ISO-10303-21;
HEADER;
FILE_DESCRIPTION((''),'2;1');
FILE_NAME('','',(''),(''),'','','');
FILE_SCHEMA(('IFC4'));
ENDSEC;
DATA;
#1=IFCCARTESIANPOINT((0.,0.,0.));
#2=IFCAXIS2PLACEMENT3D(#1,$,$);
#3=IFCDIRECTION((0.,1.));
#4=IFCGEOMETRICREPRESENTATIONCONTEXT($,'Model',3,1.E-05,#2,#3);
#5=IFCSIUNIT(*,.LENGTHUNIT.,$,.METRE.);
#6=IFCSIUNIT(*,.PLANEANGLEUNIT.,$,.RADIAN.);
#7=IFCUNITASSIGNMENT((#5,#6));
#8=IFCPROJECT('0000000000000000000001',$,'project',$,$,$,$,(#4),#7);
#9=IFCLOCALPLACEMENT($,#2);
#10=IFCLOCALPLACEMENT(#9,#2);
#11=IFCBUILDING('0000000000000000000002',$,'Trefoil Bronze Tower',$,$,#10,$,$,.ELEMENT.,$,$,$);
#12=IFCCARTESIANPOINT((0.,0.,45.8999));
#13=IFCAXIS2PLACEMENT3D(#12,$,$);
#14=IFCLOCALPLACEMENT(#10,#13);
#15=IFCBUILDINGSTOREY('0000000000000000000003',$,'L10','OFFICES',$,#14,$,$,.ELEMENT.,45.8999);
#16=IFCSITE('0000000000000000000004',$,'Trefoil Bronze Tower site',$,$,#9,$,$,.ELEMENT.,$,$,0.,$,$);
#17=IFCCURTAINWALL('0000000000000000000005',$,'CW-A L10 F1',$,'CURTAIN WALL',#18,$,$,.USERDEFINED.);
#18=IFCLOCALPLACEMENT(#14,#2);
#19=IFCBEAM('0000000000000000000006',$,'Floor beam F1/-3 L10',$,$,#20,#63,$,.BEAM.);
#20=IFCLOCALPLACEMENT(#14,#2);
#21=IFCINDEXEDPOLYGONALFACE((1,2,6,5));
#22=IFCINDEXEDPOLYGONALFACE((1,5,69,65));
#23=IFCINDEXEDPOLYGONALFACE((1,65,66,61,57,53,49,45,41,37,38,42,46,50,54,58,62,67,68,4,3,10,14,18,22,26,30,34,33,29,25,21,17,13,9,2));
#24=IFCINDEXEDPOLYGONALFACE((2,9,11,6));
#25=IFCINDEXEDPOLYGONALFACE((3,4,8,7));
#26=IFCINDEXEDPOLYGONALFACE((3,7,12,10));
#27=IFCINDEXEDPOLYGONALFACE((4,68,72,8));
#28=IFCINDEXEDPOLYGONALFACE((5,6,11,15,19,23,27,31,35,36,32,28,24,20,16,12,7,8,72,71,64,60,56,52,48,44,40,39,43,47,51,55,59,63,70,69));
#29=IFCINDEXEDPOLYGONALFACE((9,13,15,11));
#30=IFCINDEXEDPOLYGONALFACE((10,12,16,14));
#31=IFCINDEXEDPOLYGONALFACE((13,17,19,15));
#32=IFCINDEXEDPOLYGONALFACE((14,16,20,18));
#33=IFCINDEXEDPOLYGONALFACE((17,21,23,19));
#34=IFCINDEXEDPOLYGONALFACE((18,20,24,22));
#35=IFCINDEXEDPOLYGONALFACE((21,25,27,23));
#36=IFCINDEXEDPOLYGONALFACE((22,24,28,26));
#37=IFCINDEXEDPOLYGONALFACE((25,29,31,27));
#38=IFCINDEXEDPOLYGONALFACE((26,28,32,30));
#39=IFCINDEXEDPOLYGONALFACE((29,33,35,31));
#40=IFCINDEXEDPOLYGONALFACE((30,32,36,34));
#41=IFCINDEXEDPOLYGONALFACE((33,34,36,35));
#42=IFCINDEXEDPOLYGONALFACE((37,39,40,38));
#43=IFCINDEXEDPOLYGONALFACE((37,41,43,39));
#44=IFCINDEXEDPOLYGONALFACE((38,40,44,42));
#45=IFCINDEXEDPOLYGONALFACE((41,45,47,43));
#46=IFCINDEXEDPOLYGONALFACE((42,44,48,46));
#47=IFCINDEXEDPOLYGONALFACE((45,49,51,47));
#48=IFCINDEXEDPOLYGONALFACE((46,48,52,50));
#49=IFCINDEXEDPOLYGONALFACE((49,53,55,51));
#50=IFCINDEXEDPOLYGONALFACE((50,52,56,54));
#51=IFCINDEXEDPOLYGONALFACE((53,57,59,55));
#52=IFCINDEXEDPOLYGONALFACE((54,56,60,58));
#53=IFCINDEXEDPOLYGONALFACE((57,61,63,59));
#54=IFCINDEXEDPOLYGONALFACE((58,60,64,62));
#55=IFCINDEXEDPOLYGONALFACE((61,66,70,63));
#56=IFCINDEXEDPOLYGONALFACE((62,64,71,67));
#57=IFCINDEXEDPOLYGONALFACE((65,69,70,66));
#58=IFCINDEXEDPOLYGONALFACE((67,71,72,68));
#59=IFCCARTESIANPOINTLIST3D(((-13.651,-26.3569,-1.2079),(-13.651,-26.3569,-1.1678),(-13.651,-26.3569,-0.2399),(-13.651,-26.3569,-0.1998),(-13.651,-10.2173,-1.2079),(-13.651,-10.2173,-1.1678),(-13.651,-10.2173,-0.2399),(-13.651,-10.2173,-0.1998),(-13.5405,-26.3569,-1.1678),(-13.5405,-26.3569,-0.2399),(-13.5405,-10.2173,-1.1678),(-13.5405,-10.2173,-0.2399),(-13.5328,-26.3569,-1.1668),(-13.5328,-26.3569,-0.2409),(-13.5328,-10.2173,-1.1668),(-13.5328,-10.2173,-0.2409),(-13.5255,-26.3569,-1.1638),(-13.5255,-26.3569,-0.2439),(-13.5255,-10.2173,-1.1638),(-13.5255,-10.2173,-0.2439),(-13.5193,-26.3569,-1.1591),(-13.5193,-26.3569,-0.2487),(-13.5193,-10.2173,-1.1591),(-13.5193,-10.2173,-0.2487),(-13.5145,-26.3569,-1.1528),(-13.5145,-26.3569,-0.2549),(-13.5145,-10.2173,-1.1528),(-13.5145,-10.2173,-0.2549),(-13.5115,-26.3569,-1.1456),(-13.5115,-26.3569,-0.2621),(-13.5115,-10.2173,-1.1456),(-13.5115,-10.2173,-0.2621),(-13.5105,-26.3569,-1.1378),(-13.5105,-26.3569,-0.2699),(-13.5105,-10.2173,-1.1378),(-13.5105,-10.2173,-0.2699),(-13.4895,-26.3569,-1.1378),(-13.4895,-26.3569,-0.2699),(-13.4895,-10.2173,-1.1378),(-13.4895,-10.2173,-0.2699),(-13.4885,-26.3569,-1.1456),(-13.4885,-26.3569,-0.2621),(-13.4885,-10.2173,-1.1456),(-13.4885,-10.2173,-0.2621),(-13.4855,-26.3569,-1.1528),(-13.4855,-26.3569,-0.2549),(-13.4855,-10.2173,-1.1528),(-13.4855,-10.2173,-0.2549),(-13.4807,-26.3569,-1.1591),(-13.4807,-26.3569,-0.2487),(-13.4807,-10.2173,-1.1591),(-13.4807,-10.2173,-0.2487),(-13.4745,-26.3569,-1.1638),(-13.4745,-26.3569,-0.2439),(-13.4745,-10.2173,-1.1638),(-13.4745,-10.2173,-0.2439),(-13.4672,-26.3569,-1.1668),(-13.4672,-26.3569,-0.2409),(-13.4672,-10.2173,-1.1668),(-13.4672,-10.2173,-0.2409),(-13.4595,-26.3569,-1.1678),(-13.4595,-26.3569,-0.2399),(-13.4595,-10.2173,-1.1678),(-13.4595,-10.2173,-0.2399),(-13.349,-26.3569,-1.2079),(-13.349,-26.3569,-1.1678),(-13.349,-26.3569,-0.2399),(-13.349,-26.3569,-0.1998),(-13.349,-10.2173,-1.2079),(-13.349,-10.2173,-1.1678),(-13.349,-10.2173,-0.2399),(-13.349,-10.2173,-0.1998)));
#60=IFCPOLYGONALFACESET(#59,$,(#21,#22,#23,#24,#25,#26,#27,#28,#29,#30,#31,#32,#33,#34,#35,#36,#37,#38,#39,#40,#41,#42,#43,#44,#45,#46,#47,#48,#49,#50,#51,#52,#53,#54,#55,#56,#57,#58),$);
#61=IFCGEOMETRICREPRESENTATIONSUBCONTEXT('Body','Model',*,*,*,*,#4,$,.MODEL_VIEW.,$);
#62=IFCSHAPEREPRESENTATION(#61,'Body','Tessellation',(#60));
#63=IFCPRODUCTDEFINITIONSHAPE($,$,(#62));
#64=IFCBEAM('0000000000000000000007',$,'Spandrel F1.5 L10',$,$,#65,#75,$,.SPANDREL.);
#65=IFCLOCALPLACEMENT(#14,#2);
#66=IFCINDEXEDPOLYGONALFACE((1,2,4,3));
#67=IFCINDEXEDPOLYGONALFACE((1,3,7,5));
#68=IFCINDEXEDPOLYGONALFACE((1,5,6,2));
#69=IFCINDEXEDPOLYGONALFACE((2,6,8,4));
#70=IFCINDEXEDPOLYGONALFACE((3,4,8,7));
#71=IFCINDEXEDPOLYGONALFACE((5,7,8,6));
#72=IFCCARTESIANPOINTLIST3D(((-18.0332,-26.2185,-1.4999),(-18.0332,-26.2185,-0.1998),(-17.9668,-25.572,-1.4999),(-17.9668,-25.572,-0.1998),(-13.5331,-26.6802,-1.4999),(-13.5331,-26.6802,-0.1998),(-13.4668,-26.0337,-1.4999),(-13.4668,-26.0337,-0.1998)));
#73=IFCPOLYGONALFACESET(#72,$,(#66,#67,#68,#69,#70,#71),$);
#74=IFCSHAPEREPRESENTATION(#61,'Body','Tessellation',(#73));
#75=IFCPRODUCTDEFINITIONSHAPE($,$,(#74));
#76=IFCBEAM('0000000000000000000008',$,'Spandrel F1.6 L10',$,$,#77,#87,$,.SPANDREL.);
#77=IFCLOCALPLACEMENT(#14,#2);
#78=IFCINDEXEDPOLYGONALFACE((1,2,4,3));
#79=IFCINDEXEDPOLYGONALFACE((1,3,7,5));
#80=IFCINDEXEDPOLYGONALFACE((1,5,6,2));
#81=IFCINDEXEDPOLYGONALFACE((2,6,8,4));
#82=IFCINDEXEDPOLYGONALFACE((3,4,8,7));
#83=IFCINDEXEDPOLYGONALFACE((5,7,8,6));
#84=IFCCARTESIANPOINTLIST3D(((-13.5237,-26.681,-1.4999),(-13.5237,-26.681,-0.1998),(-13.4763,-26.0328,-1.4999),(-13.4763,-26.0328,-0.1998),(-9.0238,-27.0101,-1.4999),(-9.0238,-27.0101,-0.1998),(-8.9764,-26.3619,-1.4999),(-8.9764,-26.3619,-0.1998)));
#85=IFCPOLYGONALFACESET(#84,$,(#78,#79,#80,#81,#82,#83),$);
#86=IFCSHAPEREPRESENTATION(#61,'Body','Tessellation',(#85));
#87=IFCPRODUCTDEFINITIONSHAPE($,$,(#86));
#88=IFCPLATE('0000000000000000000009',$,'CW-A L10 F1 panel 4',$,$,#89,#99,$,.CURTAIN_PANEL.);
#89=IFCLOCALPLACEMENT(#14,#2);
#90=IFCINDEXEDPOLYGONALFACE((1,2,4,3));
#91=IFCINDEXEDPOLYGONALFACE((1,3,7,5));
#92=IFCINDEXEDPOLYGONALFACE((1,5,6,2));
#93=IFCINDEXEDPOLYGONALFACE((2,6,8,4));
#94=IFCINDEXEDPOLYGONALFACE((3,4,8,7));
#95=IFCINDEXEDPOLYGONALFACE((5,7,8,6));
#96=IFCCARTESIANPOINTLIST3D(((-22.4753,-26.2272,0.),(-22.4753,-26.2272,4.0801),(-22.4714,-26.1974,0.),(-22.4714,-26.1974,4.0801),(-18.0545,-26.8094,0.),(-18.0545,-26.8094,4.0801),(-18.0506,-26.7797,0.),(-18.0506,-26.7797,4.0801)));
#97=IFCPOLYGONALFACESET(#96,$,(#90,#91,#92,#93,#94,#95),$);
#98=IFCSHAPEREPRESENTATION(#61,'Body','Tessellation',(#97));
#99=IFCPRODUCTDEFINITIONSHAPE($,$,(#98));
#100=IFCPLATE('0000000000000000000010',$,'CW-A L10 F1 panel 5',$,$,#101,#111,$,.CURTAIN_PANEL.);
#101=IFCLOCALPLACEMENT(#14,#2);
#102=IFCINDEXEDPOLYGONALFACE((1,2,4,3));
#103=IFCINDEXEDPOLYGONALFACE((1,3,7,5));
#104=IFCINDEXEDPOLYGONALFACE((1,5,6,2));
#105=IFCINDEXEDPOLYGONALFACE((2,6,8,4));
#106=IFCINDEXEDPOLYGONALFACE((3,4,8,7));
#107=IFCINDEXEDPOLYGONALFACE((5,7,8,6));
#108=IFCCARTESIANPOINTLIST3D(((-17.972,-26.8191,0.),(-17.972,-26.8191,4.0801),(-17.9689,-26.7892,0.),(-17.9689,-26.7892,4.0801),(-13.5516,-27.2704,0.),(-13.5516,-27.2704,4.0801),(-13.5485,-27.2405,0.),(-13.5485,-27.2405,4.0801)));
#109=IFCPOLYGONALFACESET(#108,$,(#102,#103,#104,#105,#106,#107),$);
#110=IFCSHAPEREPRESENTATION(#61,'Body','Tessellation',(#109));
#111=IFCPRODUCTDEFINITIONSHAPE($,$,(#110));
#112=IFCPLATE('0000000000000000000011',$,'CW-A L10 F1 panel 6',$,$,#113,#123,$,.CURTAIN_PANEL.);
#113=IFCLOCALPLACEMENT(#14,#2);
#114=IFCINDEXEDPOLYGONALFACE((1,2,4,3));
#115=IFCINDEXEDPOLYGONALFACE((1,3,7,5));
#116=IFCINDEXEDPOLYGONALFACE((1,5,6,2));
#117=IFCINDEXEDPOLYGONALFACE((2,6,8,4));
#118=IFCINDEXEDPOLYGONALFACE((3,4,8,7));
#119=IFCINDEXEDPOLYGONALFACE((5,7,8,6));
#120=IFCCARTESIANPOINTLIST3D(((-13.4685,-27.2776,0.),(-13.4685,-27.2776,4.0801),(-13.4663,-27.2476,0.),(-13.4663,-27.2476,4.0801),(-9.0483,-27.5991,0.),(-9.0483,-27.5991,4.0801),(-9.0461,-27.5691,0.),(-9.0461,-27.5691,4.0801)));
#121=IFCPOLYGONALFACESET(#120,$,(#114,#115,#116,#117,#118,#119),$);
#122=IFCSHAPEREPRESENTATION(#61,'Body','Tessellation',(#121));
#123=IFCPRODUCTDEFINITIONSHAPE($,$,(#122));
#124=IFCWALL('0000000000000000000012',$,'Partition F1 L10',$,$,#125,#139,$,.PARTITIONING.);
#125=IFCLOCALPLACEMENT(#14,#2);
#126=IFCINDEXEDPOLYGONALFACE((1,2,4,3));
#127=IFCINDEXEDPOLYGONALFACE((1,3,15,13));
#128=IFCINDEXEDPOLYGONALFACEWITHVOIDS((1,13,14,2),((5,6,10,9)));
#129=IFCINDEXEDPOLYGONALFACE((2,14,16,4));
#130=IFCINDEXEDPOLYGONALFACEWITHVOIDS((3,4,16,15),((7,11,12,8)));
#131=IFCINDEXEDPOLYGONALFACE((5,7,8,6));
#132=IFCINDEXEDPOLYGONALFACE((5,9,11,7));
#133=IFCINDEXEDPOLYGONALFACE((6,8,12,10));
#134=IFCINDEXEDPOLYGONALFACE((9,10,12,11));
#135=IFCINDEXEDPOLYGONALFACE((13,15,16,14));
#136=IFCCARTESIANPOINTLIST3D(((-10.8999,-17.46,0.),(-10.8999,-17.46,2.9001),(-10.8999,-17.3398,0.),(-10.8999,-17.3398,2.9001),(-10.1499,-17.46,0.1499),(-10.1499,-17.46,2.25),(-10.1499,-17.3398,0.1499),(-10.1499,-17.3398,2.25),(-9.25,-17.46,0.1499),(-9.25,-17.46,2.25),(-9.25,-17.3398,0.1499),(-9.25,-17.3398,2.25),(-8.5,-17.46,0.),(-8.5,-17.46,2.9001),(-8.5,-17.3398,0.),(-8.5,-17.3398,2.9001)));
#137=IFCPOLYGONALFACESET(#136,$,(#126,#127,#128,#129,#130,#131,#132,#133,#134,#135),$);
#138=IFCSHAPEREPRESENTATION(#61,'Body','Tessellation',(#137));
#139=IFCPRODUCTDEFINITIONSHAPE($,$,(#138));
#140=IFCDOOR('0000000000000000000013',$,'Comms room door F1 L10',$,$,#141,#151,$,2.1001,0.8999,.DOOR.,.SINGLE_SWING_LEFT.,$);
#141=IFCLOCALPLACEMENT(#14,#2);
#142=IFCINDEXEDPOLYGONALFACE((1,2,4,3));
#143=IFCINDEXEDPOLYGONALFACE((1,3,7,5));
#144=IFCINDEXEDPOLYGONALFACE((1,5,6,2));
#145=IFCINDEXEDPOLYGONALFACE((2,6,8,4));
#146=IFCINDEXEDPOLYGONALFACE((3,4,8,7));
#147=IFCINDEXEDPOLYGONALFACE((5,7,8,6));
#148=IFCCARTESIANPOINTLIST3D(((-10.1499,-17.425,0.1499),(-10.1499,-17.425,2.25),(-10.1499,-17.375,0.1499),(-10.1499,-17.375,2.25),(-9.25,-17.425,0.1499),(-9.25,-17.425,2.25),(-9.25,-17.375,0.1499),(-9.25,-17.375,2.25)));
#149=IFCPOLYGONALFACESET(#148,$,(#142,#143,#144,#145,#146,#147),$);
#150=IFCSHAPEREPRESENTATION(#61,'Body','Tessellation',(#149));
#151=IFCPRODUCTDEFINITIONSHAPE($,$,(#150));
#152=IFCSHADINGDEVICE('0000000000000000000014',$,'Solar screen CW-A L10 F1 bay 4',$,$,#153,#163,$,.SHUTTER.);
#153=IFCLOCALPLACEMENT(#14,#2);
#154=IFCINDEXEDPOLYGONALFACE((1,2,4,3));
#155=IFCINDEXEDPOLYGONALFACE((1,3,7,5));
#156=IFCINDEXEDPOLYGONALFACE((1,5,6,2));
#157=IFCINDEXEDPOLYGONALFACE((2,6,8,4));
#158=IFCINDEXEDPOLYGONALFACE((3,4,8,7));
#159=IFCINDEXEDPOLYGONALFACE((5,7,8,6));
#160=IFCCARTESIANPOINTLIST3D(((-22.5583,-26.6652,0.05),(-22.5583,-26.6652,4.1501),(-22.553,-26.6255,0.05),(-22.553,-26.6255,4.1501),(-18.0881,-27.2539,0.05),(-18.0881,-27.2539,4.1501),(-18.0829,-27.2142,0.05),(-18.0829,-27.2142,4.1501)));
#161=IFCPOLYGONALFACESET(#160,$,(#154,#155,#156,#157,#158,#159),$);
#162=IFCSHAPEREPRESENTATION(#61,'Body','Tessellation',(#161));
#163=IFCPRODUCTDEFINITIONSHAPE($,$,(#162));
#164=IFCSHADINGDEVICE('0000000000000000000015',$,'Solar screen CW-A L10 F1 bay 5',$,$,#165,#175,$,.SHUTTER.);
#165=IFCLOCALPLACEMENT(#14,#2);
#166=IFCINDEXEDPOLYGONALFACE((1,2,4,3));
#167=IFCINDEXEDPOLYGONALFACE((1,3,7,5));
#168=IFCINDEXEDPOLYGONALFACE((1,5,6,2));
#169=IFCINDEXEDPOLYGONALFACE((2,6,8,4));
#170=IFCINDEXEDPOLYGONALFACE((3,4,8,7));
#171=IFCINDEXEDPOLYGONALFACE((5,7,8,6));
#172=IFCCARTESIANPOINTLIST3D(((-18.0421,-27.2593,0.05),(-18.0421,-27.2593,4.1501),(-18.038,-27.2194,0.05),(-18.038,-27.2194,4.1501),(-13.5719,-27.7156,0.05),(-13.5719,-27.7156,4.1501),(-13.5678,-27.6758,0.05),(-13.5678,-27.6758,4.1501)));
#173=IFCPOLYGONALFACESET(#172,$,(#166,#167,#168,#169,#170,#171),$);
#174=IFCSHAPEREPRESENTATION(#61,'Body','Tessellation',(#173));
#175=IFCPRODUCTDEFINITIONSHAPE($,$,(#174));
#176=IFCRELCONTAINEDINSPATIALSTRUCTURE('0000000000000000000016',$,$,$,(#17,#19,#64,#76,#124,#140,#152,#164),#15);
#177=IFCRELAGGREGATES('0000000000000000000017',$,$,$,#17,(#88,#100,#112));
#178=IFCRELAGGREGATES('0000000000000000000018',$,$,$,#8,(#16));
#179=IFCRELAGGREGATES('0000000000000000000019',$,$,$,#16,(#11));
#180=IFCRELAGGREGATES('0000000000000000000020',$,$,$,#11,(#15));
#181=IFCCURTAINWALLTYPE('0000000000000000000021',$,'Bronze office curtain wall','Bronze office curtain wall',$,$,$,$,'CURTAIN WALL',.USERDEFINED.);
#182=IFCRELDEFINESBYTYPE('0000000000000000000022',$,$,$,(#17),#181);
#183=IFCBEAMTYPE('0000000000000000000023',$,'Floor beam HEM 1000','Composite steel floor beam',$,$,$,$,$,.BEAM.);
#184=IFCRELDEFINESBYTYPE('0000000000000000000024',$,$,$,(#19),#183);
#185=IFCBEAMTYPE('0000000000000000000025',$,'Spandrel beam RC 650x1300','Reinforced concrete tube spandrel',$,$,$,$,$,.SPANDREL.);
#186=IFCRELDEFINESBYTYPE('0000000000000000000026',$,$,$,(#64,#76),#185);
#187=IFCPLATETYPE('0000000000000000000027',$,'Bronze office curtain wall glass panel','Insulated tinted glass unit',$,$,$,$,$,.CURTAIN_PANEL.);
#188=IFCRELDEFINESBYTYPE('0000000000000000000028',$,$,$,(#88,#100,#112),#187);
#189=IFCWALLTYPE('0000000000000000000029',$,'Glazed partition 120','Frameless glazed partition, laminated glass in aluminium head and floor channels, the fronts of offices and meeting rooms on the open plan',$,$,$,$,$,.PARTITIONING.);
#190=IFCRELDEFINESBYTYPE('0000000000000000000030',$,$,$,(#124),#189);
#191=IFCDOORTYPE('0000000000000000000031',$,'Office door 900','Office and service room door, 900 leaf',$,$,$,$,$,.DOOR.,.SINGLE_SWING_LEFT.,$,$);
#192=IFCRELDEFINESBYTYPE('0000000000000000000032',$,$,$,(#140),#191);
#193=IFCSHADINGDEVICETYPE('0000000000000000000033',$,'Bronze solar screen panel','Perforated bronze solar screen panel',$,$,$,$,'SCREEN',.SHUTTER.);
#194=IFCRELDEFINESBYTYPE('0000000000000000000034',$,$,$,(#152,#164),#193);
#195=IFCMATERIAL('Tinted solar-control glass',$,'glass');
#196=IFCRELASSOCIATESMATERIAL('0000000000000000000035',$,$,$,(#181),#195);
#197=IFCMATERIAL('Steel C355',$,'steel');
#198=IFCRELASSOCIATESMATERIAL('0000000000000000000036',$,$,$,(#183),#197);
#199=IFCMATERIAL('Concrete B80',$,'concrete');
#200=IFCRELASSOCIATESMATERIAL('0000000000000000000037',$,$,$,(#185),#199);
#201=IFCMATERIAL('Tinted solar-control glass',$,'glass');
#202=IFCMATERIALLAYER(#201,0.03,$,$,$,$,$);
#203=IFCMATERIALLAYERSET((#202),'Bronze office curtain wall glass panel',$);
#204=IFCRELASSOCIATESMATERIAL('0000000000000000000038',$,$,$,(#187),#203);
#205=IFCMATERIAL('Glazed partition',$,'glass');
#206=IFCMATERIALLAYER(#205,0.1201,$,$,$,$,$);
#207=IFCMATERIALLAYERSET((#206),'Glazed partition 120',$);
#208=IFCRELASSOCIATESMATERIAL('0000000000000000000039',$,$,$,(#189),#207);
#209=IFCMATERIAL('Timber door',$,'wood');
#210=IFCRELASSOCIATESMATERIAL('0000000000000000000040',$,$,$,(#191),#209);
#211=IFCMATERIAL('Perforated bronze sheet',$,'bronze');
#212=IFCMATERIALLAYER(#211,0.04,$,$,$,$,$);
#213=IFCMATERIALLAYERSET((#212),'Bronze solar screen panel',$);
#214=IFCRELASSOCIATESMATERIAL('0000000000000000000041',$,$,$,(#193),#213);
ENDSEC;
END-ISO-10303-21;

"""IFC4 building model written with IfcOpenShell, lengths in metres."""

from ifc_helpers import new_model, si_unit, direction, frame, frame_2d, origin, origin_2d, place, context, subcontext, project, spatial, rectangle, i_section, extrude, material, layer, layer_set, material_profile, profile_set, type_object, element, fill, aggregate, save


model = new_model("IFC4")

# Units and contexts
model_context = context("Model", 3, precision=1e-05, world=origin(), true_north=direction((0.0, 1.0)))
body_context = subcontext(model_context, "Body", "Model", "MODEL_VIEW")
ifc_project = project(units=[si_unit("LENGTHUNIT", "METRE"), si_unit("PLANEANGLEUNIT", "RADIAN")], contexts=[model_context])

# Site, building, storey
site_placement = place(None, origin())
site = spatial("IfcSite", under=ifc_project, at=site_placement, Name="Trefoil Bronze Tower site", CompositionType="ELEMENT", RefElevation=0.0)
building_placement = place(site_placement, origin())
building = spatial("IfcBuilding", under=site, at=building_placement, Name="Trefoil Bronze Tower", CompositionType="ELEMENT")
storey_placement = place(building_placement, frame((0.0, 0.0, 45.8999)))
storey = spatial("IfcBuildingStorey", under=building, at=storey_placement, Name="L10", Description="OFFICES", CompositionType="ELEMENT", Elevation=45.8999)

# Curtain wall
ifc_material_1 = material(Name="Tinted solar-control glass", Category="glass")
curtain_wall_type = type_object("IfcCurtainWallType", Name="Bronze office curtain wall", Description="Bronze office curtain wall", ElementType="CURTAIN WALL", PredefinedType="USERDEFINED", material=ifc_material_1)
curtain_wall_placement = place(storey_placement, origin())
curtain_wall = element("IfcCurtainWall", 1, at=curtain_wall_placement, inside=storey, type_object=curtain_wall_type, Name="CW-A L10 F1", ObjectType="CURTAIN WALL", PredefinedType="USERDEFINED")

# Beams
ifc_material_2 = material(Name="Steel C355", Category="steel")
ifc_material_profile_1 = material_profile(ifc_material_2, i_section(OverallWidth=0.302, OverallDepth=1.0081, WebThickness=0.021, FlangeThickness=0.04, FilletRadius=0.03, at=origin_2d()), Name="HEM 1000")
ifc_profile_set_1 = profile_set([ifc_material_profile_1], Name="Steel C355")
beam_type_1 = type_object("IfcBeamType", Name="Floor beam HEM 1000", Description="Composite steel floor beam", PredefinedType="BEAM", material=ifc_profile_set_1)
beam_1_placement = place(storey_placement, frame((-13.5, -26.3569, -0.7039), z_axis=(0.0, 1.0, 0.0), x_axis=(-1.0, 0.0, 0.0)))
element("IfcBeam", 2, at=beam_1_placement, inside=storey, type_object=beam_type_1, Name="Floor beam F1/-3 L10", PredefinedType="BEAM", context=body_context, shape_type="SweptSolid", body=[
    extrude(i_section(OverallWidth=0.302, OverallDepth=1.0081, WebThickness=0.021, FlangeThickness=0.04, FilletRadius=0.03, at=origin_2d()), origin(), (0.0, 0.0, 1.0), 16.1396),
])
ifc_material_3 = material(Name="Concrete B80", Category="concrete")
ifc_material_profile_2 = material_profile(ifc_material_3, rectangle(XDim=0.6499, YDim=1.3, at=origin_2d()), Name="RC 650x1300")
ifc_profile_set_2 = profile_set([ifc_material_profile_2], Name="Concrete B80")
beam_type_2 = type_object("IfcBeamType", Name="Spandrel beam RC 650x1300", Description="Reinforced concrete tube spandrel", PredefinedType="SPANDREL", material=ifc_profile_set_2)
beam_2_placement = place(storey_placement, frame((-18.0, -25.8953, -0.8499), z_axis=(0.994778, -0.102058, 0.0), x_axis=(0.102058, 0.994778, 0.0)))
element("IfcBeam", 3, at=beam_2_placement, inside=storey, type_object=beam_type_2, Name="Spandrel F1.5 L10", PredefinedType="SPANDREL", context=body_context, shape_type="SweptSolid", body=[
    extrude(rectangle(XDim=0.6499, YDim=1.3, at=origin_2d()), origin(), (0.0, 0.0, 1.0), 4.5237),
])
beam_3_placement = place(storey_placement, frame((-13.5, -26.3569, -0.8499), z_axis=(0.997336, -0.072939, 0.0), x_axis=(0.072939, 0.997336, 0.0)))
element("IfcBeam", 4, at=beam_3_placement, inside=storey, type_object=beam_type_2, Name="Spandrel F1.6 L10", PredefinedType="SPANDREL", context=body_context, shape_type="SweptSolid", body=[
    extrude(rectangle(XDim=0.6499, YDim=1.3, at=origin_2d()), origin(), (0.0, 0.0, 1.0), 4.512),
])

# Plates
ifc_material_4 = material(Name="Tinted solar-control glass", Category="glass")
ifc_layer_1 = layer(ifc_material_4, 0.03)
ifc_layer_set_1 = layer_set([ifc_layer_1], Name="Bronze office curtain wall glass panel")
plate_type = type_object("IfcPlateType", Name="Bronze office curtain wall glass panel", Description="Insulated tinted glass unit", PredefinedType="CURTAIN_PANEL", material=ifc_layer_set_1)
plate_1_placement = place(storey_placement, frame((-20.2629, -26.5034, 0.0), z_axis=(0.0, 0.0, 1.0), x_axis=(0.991437, -0.130584, 0.0)))
plate_1 = element("IfcPlate", 5, at=plate_1_placement, type_object=plate_type, Name="CW-A L10 F1 panel 4", PredefinedType="CURTAIN_PANEL", context=body_context, shape_type="SweptSolid", body=[
    extrude(rectangle(XDim=4.459, YDim=0.03, at=origin_2d()), origin(), (0.0, 0.0, 1.0), 4.0801),
])
plate_2_placement = place(storey_placement, frame((-15.7603, -27.0298, 0.0), z_axis=(0.0, 0.0, 1.0), x_axis=(0.994829, -0.101565, 0.0)))
plate_2 = element("IfcPlate", 6, at=plate_2_placement, type_object=plate_type, Name="CW-A L10 F1 panel 5", PredefinedType="CURTAIN_PANEL", context=body_context, shape_type="SweptSolid", body=[
    extrude(rectangle(XDim=4.4434, YDim=0.03, at=origin_2d()), origin(), (0.0, 0.0, 1.0), 4.0801),
])
plate_3_placement = place(storey_placement, frame((-11.2573, -27.4233, 0.0), z_axis=(0.0, 0.0, 1.0), x_axis=(0.997365, -0.072547, 0.0)))
plate_3 = element("IfcPlate", 7, at=plate_3_placement, type_object=plate_type, Name="CW-A L10 F1 panel 6", PredefinedType="CURTAIN_PANEL", context=body_context, shape_type="SweptSolid", body=[
    extrude(rectangle(XDim=4.4319, YDim=0.03, at=origin_2d()), origin(), (0.0, 0.0, 1.0), 4.0801),
])
aggregate(curtain_wall, [plate_1, plate_2, plate_3])

# Wall, opening, door
ifc_material_5 = material(Name="Glazed partition", Category="glass")
ifc_layer_2 = layer(ifc_material_5, 0.1201)
ifc_layer_set_2 = layer_set([ifc_layer_2], Name="Glazed partition 120")
wall_type = type_object("IfcWallType", Name="Glazed partition 120", Description="Frameless glazed partition, laminated glass in aluminium head and floor channels, the fronts of offices and meeting rooms on the open plan", PredefinedType="PARTITIONING", material=ifc_layer_set_2)
wall_placement = place(storey_placement, frame((-10.8999, -17.3999, 0.0), z_axis=(0.0, 0.0, 1.0), x_axis=(1.0, 0.0, 0.0)))
wall = element("IfcWall", 8, at=wall_placement, inside=storey, type_object=wall_type, Name="Partition F1 L10", PredefinedType="PARTITIONING", context=body_context, shape_type="SweptSolid", body=[
    extrude(rectangle(XDim=2.3999, YDim=0.1201, at=frame_2d((1.2, 0.0))), origin(), (0.0, 0.0, 1.0), 2.9001),
])
opening_placement = place(wall_placement, frame((0.75, 0.0, 0.1499)))
opening = element("IfcOpeningElement", 9, at=opening_placement, cuts=wall, PredefinedType="OPENING", context=body_context, shape_type="SweptSolid", body=[
    extrude(rectangle(XDim=0.8999, YDim=2.1001, at=frame_2d((0.45, 1.05))), frame((0.0, 0.0701, 0.0), z_axis=(0.0, -1.0, 0.0), x_axis=(1.0, 0.0, 0.0)), (0.0, 0.0, 1.0), 0.1401),
])
ifc_material_6 = material(Name="Timber door", Category="wood")
door_type = type_object("IfcDoorType", Name="Office door 900", Description="Office and service room door, 900 leaf", OperationType="SINGLE_SWING_LEFT", PredefinedType="DOOR", material=ifc_material_6)
door_placement = place(opening_placement, origin())
door = element("IfcDoor", 10, at=door_placement, inside=storey, type_object=door_type, Name="Comms room door F1 L10", OperationType="SINGLE_SWING_LEFT", OverallHeight=2.1001, OverallWidth=0.8999, PredefinedType="DOOR", context=body_context, shape_type="SweptSolid", body=[
    extrude(rectangle(XDim=0.8999, YDim=2.1001, at=frame_2d((0.45, 1.05))), frame((0.0, 0.0249, 0.0), z_axis=(0.0, -1.0, 0.0), x_axis=(1.0, 0.0, 0.0)), (0.0, 0.0, 1.0), 0.05),
])
fill(opening, door)

# Shading devices
ifc_material_7 = material(Name="Perforated bronze sheet", Category="bronze")
ifc_layer_3 = layer(ifc_material_7, 0.04)
ifc_layer_set_3 = layer_set([ifc_layer_3], Name="Bronze solar screen panel")
shading_device_type = type_object("IfcShadingDeviceType", Name="Bronze solar screen panel", Description="Perforated bronze solar screen panel", ElementType="SCREEN", PredefinedType="SHUTTER", material=ifc_layer_set_3)
shading_device_1_placement = place(storey_placement, frame((-20.3206, -26.9397, 0.05), z_axis=(0.0, 0.0, 1.0), x_axis=(0.991437, -0.130584, 0.0)))
element("IfcShadingDevice", 11, at=shading_device_1_placement, inside=storey, type_object=shading_device_type, Name="Solar screen CW-A L10 F1 bay 4", PredefinedType="SHUTTER", context=body_context, shape_type="SweptSolid", body=[
    extrude(rectangle(XDim=4.5088, YDim=0.04, at=origin_2d()), origin(), (0.0, 0.0, 1.0), 4.1001),
])
shading_device_2_placement = place(storey_placement, frame((-15.8049, -27.4675, 0.05), z_axis=(0.0, 0.0, 1.0), x_axis=(0.994829, -0.101565, 0.0)))
element("IfcShadingDevice", 12, at=shading_device_2_placement, inside=storey, type_object=shading_device_type, Name="Solar screen CW-A L10 F1 bay 5", PredefinedType="SHUTTER", context=body_context, shape_type="SweptSolid", body=[
    extrude(rectangle(XDim=4.4934, YDim=0.04, at=origin_2d()), origin(), (0.0, 0.0, 1.0), 4.1001),
])

save(model, "model.ifc")
